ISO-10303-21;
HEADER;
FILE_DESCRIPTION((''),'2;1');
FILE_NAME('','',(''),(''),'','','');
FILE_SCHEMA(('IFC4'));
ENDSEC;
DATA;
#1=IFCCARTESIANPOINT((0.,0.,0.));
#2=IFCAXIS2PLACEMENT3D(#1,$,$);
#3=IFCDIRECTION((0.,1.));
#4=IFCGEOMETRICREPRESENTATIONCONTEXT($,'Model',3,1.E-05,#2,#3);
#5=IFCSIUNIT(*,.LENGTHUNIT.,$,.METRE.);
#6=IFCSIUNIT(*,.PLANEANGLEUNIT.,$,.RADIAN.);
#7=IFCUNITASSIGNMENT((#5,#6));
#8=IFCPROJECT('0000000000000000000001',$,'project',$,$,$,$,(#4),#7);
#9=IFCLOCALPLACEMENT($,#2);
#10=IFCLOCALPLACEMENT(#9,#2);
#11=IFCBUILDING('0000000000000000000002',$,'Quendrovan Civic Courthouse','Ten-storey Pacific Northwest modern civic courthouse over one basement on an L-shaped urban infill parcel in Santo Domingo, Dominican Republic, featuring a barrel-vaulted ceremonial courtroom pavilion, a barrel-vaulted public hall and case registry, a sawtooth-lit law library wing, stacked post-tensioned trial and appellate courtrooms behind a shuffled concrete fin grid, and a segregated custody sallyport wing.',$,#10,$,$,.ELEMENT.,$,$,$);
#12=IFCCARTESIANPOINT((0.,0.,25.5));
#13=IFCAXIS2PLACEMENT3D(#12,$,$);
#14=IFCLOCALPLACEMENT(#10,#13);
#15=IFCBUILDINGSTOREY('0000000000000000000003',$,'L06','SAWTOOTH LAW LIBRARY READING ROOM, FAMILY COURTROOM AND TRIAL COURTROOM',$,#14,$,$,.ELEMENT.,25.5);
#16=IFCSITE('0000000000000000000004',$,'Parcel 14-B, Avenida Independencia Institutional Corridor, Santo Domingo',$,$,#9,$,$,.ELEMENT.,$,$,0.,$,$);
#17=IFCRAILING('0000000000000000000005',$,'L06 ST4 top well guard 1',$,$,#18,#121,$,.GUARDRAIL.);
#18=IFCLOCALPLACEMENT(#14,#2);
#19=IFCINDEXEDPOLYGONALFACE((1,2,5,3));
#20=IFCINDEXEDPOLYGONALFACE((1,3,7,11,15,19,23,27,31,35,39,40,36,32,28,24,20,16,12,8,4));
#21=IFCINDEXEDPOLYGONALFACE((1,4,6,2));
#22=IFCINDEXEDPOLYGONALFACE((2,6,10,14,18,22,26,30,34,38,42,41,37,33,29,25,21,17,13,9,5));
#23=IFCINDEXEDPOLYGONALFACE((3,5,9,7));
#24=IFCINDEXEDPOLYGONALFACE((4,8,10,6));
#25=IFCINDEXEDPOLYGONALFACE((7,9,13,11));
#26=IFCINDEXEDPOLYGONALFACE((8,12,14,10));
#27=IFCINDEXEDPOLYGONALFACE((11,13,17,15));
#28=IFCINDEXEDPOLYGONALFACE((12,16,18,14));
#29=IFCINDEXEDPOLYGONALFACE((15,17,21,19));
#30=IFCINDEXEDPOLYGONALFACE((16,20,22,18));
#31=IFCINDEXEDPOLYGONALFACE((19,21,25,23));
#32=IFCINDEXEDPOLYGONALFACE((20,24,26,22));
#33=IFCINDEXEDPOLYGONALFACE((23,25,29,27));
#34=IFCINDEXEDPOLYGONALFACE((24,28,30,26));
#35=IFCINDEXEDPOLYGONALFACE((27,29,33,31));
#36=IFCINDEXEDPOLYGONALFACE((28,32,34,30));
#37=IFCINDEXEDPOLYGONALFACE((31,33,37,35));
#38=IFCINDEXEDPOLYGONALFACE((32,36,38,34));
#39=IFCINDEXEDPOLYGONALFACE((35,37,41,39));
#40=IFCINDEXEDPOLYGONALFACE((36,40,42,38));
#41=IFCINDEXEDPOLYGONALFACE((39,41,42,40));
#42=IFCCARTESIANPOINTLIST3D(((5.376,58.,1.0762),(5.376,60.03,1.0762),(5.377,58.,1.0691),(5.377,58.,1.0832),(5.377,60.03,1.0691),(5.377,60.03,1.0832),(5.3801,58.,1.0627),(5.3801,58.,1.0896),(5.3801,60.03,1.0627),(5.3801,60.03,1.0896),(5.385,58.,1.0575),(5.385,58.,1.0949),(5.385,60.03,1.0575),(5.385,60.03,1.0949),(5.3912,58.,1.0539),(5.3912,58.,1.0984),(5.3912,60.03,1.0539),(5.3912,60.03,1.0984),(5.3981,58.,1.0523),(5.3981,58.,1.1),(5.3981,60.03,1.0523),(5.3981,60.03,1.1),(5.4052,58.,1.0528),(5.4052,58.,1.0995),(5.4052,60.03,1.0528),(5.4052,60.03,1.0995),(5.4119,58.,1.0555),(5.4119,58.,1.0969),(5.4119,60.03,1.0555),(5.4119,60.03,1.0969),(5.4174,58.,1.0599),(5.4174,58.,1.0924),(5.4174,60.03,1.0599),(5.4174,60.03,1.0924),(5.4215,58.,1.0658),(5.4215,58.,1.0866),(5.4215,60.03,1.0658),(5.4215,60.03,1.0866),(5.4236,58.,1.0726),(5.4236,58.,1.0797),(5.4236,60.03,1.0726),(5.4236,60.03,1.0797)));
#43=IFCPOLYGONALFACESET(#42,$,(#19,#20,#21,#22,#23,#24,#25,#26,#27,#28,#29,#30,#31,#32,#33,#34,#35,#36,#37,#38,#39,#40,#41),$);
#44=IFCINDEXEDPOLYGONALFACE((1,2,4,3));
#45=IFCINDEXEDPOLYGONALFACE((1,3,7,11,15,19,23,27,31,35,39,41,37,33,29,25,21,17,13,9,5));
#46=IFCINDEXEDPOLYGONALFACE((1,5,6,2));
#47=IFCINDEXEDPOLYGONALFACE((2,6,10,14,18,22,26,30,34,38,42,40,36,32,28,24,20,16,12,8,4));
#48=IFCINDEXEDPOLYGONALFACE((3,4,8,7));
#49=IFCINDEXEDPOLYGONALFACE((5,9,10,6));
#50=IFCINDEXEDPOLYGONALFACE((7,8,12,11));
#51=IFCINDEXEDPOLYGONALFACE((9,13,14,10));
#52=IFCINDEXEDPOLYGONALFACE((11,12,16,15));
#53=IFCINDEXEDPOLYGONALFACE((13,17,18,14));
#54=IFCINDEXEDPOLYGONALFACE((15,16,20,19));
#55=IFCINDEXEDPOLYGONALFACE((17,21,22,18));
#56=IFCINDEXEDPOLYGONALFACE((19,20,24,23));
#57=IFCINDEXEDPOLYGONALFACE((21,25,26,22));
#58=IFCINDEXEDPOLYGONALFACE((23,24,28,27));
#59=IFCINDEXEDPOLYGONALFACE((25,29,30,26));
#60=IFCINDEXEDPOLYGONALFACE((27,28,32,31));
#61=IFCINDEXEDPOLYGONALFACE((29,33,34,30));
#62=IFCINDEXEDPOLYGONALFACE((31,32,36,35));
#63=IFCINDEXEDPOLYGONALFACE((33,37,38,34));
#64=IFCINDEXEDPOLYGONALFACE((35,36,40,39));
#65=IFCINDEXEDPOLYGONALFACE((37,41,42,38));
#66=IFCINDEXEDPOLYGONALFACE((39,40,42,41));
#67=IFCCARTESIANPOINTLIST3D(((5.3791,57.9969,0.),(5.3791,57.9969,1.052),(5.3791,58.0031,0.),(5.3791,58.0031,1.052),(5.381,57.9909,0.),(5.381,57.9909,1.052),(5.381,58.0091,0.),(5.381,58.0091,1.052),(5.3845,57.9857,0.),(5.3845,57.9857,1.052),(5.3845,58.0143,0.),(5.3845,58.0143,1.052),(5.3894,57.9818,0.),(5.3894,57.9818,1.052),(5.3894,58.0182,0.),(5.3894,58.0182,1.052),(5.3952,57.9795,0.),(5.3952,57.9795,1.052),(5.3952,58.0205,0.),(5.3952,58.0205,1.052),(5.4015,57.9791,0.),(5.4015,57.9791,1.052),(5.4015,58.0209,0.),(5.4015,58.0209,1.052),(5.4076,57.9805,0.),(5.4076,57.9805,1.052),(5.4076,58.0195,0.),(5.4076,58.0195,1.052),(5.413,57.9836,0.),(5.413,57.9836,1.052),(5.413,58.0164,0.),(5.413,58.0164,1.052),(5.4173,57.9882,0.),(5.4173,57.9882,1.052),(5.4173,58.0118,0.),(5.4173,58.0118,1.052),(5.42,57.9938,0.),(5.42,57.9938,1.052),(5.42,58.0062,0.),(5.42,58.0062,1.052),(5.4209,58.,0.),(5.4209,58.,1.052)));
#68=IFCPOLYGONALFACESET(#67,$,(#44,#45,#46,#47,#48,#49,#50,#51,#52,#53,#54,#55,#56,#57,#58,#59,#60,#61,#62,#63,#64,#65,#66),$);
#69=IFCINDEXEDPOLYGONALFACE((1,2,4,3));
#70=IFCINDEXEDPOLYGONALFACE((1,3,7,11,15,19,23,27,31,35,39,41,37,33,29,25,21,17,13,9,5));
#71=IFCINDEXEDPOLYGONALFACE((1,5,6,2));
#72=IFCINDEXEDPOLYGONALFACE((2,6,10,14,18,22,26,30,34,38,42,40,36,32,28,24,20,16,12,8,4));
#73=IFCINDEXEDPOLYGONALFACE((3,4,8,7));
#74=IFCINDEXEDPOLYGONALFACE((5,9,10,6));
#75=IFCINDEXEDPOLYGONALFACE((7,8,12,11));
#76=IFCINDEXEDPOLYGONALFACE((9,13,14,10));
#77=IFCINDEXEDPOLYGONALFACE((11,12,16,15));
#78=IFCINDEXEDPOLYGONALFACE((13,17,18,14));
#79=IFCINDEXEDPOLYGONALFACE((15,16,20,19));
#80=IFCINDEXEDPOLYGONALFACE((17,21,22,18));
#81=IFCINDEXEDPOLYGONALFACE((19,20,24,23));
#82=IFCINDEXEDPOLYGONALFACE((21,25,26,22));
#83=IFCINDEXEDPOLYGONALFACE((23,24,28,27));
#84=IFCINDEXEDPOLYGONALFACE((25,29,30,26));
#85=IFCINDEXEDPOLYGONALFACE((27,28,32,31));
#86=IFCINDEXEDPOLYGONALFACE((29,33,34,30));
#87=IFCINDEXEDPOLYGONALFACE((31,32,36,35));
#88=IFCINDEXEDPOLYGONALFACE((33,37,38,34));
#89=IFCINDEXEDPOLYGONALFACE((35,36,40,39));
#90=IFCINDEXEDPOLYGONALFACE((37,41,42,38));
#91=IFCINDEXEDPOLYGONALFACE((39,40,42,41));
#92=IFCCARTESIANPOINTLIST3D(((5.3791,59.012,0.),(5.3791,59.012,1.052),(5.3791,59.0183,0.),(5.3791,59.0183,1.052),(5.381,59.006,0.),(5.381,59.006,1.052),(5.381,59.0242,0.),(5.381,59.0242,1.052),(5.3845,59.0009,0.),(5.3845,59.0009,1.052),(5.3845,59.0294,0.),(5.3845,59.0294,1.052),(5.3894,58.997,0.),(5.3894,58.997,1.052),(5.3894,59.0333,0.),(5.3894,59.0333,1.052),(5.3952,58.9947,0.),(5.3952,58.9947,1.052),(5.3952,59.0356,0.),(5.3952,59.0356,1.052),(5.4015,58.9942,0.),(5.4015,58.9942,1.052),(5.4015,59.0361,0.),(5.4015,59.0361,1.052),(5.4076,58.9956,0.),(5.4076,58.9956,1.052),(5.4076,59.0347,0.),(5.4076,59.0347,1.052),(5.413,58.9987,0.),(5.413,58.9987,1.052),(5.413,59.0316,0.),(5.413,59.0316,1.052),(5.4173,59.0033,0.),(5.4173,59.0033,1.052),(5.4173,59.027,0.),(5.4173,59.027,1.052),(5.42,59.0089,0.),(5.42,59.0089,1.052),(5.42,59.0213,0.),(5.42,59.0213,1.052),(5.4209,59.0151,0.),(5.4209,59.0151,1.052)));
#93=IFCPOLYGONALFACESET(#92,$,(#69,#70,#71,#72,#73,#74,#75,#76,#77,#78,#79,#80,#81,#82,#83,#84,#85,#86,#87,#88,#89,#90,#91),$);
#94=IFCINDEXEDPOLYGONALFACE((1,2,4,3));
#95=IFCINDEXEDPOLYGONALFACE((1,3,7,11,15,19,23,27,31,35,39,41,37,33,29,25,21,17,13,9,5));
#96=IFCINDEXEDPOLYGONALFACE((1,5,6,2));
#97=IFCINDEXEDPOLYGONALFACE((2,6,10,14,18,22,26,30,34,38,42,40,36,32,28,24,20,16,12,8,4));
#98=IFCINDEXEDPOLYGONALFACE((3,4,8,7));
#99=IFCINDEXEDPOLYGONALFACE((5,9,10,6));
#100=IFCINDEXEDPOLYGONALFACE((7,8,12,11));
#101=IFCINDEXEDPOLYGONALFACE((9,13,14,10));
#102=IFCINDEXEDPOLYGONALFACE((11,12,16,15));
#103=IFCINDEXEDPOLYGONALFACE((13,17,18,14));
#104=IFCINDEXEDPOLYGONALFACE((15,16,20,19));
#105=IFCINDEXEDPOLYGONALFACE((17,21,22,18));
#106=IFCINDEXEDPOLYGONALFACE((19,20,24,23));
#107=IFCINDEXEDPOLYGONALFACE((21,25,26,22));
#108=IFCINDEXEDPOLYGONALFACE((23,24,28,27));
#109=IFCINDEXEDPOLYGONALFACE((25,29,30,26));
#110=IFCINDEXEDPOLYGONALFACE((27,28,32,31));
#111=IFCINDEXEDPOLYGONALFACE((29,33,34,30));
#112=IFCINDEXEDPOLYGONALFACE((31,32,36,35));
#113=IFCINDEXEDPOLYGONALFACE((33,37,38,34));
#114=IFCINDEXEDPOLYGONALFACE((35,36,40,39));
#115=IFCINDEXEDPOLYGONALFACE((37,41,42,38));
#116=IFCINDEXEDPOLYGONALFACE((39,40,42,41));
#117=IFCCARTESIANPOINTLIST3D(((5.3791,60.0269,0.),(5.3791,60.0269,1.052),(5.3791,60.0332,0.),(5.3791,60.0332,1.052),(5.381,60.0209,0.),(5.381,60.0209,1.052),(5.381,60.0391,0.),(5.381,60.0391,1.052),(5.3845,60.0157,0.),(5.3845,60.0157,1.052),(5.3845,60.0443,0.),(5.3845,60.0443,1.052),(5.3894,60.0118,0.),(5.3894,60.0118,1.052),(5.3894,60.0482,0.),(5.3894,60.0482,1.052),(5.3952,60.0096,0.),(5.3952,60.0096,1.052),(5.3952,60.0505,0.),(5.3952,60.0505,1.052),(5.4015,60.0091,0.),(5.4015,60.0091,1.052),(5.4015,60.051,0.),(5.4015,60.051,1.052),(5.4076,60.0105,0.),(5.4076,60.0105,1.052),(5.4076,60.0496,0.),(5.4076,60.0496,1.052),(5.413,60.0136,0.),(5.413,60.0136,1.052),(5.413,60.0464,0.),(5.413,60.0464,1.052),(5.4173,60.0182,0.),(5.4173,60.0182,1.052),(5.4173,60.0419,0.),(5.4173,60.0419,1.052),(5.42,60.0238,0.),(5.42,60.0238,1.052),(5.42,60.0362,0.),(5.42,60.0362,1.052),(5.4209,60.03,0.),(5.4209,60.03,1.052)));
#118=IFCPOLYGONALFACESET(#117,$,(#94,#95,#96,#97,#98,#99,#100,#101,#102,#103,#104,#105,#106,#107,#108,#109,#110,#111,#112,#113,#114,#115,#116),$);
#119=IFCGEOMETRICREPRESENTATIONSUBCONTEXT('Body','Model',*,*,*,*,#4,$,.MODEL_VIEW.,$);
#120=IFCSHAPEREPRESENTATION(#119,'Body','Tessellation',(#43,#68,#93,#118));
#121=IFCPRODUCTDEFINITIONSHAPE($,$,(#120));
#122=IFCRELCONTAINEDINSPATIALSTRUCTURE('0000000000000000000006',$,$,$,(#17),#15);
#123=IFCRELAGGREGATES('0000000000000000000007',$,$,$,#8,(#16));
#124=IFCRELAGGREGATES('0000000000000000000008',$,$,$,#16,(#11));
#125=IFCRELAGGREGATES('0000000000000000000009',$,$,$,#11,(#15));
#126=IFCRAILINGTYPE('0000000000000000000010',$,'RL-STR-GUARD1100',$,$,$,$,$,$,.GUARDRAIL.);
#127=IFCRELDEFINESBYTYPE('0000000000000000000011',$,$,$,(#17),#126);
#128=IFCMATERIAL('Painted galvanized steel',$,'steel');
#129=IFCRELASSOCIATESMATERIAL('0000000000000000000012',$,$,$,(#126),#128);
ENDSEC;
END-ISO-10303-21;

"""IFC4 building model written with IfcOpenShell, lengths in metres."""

from ifc_helpers import new_model, si_unit, direction, frame, origin, origin_2d, place, context, subcontext, project, spatial, circle, extrude, material, type_object, element, save


model = new_model("IFC4")

# Units and contexts
model_context = context("Model", 3, precision=1e-05, world=origin(), true_north=direction((0.0, 1.0)))
body_context = subcontext(model_context, "Body", "Model", "MODEL_VIEW")
ifc_project = project(units=[si_unit("LENGTHUNIT", "METRE"), si_unit("PLANEANGLEUNIT", "RADIAN")], contexts=[model_context])

# Site, building, storey
site_placement = place(None, origin())
site = spatial("IfcSite", under=ifc_project, at=site_placement, Name="Parcel 14-B, Avenida Independencia Institutional Corridor, Santo Domingo", CompositionType="ELEMENT", RefElevation=0.0)
building_placement = place(site_placement, origin())
building = spatial("IfcBuilding", under=site, at=building_placement, Name="Quendrovan Civic Courthouse", Description="Ten-storey Pacific Northwest modern civic courthouse over one basement on an L-shaped urban infill parcel in Santo Domingo, Dominican Republic, featuring a barrel-vaulted ceremonial courtroom pavilion, a barrel-vaulted public hall and case registry, a sawtooth-lit law library wing, stacked post-tensioned trial and appellate courtrooms behind a shuffled concrete fin grid, and a segregated custody sallyport wing.", CompositionType="ELEMENT")
storey_placement = place(building_placement, frame((0.0, 0.0, 25.5)))
storey = spatial("IfcBuildingStorey", under=building, at=storey_placement, Name="L06", Description="SAWTOOTH LAW LIBRARY READING ROOM, FAMILY COURTROOM AND TRIAL COURTROOM", CompositionType="ELEMENT", Elevation=25.5)

# Railing
ifc_material_1 = material(Name="Painted galvanized steel", Category="steel")
railing_type = type_object("IfcRailingType", Name="RL-STR-GUARD1100", PredefinedType="GUARDRAIL", material=ifc_material_1)
railing_placement = place(storey_placement, frame((5.3999, 58.0, 0.0)))
element("IfcRailing", 1, at=railing_placement, inside=storey, type_object=railing_type, Name="L06 ST4 top well guard 1", PredefinedType="GUARDRAIL", context=body_context, shape_type="SweptSolid", body=[
    extrude(circle(Radius=0.0239, at=origin_2d()), frame((0.0, 0.0, 1.0762), z_axis=(0.0, 1.0, 0.0), x_axis=(-1.0, 0.0, 0.0)), (0.0, 0.0, 1.0), 2.03),
    extrude(circle(Radius=0.021, at=origin_2d()), origin(), (0.0, 0.0, 1.0), 1.052),
    extrude(circle(Radius=0.021, at=origin_2d()), frame((0.0, 1.0151, 0.0)), (0.0, 0.0, 1.0), 1.052),
    extrude(circle(Radius=0.021, at=origin_2d()), frame((0.0, 2.03, 0.0)), (0.0, 0.0, 1.0), 1.052),
])

save(model, "model.ifc")
